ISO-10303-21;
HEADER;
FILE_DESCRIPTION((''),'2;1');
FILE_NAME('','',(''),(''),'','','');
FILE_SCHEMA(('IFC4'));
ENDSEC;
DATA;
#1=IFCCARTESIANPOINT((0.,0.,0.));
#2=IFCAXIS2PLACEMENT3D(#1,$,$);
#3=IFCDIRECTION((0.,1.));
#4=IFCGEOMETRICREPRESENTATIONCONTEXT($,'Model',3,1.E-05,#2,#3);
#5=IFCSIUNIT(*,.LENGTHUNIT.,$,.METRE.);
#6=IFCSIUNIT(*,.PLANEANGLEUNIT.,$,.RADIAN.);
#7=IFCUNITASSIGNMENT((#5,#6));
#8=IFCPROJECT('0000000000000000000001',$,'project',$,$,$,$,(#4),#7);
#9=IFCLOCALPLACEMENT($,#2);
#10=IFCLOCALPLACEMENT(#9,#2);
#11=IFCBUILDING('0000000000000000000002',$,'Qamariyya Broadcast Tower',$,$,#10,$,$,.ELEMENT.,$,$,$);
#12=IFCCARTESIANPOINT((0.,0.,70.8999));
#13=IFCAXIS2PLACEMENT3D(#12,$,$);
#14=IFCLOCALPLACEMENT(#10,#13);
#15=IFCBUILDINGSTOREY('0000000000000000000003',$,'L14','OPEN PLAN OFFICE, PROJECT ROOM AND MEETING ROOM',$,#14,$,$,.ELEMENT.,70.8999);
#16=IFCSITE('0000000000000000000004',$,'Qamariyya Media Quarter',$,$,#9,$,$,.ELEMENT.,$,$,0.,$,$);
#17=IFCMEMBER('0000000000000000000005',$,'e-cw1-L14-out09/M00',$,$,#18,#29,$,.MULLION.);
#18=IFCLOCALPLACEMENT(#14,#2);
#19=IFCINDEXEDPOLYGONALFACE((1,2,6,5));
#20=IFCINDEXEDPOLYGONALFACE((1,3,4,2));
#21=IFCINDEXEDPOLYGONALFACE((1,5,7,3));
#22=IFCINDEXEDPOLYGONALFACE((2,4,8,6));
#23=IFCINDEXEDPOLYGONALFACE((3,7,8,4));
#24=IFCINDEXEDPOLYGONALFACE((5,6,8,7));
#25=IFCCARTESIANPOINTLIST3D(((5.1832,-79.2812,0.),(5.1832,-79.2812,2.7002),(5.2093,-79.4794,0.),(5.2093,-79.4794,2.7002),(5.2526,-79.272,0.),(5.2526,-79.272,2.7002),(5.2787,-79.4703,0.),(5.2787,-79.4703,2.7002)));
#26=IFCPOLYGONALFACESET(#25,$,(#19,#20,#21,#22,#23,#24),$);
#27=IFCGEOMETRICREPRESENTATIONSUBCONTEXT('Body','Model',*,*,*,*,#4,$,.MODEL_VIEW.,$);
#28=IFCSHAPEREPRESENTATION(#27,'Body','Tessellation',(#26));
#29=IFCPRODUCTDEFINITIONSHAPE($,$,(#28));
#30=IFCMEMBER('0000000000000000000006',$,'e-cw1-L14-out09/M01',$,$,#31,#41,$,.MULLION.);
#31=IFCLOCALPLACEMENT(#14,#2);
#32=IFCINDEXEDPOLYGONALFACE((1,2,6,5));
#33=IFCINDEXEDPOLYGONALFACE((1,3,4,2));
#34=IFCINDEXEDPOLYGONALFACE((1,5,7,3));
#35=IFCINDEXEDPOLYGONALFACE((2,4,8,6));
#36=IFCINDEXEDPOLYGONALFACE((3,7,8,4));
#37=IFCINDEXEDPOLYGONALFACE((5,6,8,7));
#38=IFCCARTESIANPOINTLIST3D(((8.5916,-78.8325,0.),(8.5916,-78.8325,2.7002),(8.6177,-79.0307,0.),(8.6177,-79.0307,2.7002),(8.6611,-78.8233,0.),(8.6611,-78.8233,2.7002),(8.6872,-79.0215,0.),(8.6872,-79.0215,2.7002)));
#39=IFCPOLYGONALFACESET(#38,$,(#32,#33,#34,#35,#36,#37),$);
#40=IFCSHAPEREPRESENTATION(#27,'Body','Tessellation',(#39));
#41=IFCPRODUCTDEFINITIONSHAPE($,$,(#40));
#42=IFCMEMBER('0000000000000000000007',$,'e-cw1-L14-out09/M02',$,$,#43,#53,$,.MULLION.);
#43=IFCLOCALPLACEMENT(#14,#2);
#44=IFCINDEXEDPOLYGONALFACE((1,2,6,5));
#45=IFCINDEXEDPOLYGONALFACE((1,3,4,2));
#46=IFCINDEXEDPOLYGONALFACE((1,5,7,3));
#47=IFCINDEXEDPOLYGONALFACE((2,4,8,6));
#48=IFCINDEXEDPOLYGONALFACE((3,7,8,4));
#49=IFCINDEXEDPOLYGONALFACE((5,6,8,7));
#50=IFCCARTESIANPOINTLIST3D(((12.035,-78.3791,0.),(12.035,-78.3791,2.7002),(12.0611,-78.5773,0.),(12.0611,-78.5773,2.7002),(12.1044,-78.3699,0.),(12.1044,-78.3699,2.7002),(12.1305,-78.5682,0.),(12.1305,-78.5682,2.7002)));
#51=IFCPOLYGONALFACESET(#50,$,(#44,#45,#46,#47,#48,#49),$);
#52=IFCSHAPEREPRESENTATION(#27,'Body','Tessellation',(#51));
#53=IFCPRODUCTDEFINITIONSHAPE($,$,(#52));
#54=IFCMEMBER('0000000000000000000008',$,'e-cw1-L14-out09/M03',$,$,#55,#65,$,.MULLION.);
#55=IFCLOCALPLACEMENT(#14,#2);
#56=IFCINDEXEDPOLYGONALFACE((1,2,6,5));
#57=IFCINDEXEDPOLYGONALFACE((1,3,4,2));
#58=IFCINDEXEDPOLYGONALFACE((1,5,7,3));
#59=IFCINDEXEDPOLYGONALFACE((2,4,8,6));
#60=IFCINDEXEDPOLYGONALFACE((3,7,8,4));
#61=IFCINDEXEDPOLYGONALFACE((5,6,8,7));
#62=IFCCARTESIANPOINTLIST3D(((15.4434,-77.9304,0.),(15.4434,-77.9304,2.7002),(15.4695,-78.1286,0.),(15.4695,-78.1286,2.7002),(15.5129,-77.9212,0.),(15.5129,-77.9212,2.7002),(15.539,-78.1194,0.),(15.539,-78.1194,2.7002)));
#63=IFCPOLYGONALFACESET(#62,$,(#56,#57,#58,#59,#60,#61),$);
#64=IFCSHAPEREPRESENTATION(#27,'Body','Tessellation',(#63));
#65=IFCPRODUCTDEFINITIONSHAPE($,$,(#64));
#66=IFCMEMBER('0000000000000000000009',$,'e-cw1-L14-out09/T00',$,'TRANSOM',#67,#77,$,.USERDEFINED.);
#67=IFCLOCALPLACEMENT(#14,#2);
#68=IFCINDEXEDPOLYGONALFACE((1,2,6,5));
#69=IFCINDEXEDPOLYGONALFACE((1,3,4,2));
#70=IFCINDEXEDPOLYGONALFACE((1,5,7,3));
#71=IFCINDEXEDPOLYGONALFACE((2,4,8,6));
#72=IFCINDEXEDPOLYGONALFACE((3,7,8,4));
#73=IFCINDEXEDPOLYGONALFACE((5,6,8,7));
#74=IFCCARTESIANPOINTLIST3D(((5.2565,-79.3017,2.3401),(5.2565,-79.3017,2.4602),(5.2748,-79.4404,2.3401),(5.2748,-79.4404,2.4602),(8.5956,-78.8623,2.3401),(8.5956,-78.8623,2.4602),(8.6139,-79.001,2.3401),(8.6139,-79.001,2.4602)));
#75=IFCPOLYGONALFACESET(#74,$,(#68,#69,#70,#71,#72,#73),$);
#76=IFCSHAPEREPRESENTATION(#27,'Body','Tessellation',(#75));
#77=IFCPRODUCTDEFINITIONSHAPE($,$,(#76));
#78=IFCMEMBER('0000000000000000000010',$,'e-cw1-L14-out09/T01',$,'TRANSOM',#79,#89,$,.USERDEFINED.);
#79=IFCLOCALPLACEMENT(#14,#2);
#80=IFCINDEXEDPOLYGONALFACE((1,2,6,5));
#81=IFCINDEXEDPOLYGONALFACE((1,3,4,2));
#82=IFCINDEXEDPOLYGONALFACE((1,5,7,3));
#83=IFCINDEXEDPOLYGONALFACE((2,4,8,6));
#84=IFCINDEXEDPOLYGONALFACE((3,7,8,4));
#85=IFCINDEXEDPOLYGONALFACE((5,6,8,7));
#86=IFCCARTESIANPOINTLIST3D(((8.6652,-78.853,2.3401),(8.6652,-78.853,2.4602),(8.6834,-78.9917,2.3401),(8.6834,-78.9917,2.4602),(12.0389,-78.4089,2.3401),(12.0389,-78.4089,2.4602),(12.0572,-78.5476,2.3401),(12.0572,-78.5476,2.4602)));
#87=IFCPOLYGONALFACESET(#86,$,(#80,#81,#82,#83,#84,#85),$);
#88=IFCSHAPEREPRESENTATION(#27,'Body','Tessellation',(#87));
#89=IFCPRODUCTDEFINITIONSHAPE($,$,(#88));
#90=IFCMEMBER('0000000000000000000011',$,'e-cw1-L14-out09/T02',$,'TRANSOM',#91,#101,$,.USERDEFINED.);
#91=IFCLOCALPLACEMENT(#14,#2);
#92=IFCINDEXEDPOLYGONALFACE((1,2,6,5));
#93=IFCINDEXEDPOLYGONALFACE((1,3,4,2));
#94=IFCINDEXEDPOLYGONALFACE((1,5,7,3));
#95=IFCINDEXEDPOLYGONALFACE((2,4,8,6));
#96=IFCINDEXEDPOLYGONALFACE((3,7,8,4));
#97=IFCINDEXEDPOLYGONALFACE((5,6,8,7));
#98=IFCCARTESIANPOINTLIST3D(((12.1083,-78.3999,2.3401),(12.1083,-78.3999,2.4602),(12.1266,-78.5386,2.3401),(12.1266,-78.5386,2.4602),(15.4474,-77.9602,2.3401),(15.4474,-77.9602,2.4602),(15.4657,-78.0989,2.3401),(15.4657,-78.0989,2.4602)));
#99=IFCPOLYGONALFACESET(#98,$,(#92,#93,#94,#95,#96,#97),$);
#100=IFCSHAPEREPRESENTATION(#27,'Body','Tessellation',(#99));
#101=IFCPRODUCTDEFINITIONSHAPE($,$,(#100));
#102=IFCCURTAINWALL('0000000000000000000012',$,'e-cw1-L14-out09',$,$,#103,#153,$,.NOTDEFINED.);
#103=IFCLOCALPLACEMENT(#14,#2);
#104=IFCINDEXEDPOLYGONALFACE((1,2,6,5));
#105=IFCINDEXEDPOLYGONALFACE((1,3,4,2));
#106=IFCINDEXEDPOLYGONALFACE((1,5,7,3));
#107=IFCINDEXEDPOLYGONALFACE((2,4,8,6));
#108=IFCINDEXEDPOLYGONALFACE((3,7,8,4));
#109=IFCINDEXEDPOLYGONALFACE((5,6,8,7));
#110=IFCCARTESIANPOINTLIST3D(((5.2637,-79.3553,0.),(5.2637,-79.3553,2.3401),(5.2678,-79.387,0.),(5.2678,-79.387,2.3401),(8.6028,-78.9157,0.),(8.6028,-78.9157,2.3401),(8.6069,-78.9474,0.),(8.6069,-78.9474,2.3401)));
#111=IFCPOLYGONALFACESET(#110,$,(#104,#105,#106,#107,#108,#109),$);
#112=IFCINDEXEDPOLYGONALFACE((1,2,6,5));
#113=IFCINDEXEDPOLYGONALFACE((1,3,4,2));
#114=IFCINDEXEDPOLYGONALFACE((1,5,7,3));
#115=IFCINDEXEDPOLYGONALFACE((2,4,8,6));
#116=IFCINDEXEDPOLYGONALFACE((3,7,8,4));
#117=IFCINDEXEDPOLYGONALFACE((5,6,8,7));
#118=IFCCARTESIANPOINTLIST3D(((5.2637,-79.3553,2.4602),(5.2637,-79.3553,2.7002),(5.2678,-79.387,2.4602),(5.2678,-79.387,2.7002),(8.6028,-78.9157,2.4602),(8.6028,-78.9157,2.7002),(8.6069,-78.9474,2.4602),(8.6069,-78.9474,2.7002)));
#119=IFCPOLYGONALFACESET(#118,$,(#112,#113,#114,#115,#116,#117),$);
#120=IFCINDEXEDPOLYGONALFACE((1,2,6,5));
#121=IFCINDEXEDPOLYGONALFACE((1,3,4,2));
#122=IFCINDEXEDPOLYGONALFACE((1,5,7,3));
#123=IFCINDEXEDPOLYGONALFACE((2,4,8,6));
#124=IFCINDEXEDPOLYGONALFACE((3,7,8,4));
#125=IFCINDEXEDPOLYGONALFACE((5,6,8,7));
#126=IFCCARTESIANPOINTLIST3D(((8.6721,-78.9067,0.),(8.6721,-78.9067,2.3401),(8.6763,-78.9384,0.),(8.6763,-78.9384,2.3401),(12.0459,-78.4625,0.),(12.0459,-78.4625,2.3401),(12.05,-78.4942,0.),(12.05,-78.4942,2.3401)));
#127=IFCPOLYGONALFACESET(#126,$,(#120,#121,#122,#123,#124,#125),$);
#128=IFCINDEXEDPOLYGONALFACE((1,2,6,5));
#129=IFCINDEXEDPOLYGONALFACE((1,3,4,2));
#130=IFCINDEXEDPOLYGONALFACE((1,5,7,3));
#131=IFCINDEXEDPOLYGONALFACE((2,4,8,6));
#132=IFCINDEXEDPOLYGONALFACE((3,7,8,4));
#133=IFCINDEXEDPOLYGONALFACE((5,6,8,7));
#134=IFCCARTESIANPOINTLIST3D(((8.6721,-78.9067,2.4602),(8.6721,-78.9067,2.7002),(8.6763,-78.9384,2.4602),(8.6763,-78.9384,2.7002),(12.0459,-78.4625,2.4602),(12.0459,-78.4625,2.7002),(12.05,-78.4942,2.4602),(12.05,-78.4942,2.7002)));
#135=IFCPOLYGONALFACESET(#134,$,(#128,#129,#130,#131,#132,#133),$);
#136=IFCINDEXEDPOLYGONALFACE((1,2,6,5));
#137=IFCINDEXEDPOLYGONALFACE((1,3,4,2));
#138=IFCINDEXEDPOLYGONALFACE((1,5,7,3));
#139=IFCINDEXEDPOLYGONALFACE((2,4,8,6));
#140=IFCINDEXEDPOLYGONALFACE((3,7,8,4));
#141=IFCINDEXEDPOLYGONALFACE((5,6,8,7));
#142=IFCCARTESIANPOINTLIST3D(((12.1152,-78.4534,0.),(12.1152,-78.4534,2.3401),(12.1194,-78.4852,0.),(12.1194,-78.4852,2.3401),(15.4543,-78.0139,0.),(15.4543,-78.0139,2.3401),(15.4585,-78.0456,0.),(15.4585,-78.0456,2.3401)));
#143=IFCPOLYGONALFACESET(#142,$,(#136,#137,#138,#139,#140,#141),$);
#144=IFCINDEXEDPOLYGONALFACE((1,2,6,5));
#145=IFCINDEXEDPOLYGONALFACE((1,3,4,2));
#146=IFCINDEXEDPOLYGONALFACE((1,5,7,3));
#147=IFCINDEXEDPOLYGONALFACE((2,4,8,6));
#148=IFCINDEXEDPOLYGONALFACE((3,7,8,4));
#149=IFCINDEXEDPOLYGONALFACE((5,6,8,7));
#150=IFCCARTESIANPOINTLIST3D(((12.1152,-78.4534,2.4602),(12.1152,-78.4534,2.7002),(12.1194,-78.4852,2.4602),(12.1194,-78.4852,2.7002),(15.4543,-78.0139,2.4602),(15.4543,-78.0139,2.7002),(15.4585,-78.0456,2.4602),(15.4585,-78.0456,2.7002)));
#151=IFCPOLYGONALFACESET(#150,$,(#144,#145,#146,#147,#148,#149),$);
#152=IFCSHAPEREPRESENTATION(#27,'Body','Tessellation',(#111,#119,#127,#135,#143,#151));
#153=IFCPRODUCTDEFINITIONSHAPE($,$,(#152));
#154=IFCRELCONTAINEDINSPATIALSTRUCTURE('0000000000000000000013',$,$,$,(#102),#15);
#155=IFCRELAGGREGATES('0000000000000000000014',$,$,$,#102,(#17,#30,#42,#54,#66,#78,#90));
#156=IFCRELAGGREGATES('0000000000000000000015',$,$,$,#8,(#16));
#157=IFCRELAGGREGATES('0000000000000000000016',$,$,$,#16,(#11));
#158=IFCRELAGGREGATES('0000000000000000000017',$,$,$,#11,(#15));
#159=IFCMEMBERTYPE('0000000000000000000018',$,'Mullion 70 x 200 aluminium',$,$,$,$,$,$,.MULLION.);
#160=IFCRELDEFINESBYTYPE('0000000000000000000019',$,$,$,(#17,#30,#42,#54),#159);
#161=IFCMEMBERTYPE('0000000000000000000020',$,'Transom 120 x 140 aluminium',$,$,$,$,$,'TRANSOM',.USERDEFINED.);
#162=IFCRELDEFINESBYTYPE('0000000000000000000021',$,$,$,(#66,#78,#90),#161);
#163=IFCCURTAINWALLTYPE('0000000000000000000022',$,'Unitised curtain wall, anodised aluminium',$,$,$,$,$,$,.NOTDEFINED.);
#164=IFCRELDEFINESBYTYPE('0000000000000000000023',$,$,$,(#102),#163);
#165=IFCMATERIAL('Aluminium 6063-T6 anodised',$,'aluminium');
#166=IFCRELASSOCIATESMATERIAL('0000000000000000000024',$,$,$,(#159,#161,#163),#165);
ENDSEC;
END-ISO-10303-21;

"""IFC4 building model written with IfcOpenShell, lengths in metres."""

from ifc_helpers import new_model, si_unit, direction, frame, origin, origin_2d, place, context, subcontext, project, spatial, rectangle, extrude, material, material_profile, profile_set, type_object, element, aggregate, save


model = new_model("IFC4")

# Units and contexts
model_context = context("Model", 3, precision=1e-05, world=origin(), true_north=direction((0.0, 1.0)))
body_context = subcontext(model_context, "Body", "Model", "MODEL_VIEW")
ifc_project = project(units=[si_unit("LENGTHUNIT", "METRE"), si_unit("PLANEANGLEUNIT", "RADIAN")], contexts=[model_context])

# Members
ifc_material = material(Name="Aluminium 6063-T6 anodised", Category="aluminium")
ifc_material_profile_1 = material_profile(ifc_material, rectangle(XDim=0.2, YDim=0.0701, at=origin_2d()))
ifc_profile_set_1 = profile_set([ifc_material_profile_1], Name="Aluminium 6063-T6 anodised")
member_type_1 = type_object("IfcMemberType", Name="Mullion 70 x 200 aluminium", PredefinedType="MULLION", material=ifc_profile_set_1)
site_placement = place(None, origin())
building_placement = place(site_placement, origin())
storey_placement = place(building_placement, frame((0.0, 0.0, 70.8999)))
member_1_placement = place(storey_placement, frame((5.231, -79.3757, 0.0), z_axis=(0.0, 0.0, 1.0), x_axis=(-0.130526, 0.991445, 0.0)))
member_1 = element("IfcMember", 1, at=member_1_placement, type_object=member_type_1, Name="e-cw1-L14-out09/M00", PredefinedType="MULLION", context=body_context, shape_type="SweptSolid", body=[
    extrude(rectangle(XDim=0.2, YDim=0.0701, at=origin_2d()), origin(), (0.0, 0.0, 1.0), 2.7002),
])
member_2_placement = place(storey_placement, frame((8.6394, -78.927, 0.0), z_axis=(0.0, 0.0, 1.0), x_axis=(-0.130526, 0.991445, 0.0)))
member_2 = element("IfcMember", 2, at=member_2_placement, type_object=member_type_1, Name="e-cw1-L14-out09/M01", PredefinedType="MULLION", context=body_context, shape_type="SweptSolid", body=[
    extrude(rectangle(XDim=0.2, YDim=0.0701, at=origin_2d()), origin(), (0.0, 0.0, 1.0), 2.7002),
])
member_3_placement = place(storey_placement, frame((12.0828, -78.4736, 0.0), z_axis=(0.0, 0.0, 1.0), x_axis=(-0.130526, 0.991445, 0.0)))
member_3 = element("IfcMember", 3, at=member_3_placement, type_object=member_type_1, Name="e-cw1-L14-out09/M02", PredefinedType="MULLION", context=body_context, shape_type="SweptSolid", body=[
    extrude(rectangle(XDim=0.2, YDim=0.0701, at=origin_2d()), origin(), (0.0, 0.0, 1.0), 2.7002),
])
member_4_placement = place(storey_placement, frame((15.4912, -78.0249, 0.0), z_axis=(0.0, 0.0, 1.0), x_axis=(-0.130526, 0.991445, 0.0)))
member_4 = element("IfcMember", 4, at=member_4_placement, type_object=member_type_1, Name="e-cw1-L14-out09/M03", PredefinedType="MULLION", context=body_context, shape_type="SweptSolid", body=[
    extrude(rectangle(XDim=0.2, YDim=0.0701, at=origin_2d()), origin(), (0.0, 0.0, 1.0), 2.7002),
])
ifc_material_profile_2 = material_profile(ifc_material, rectangle(XDim=0.1399, YDim=0.1201, at=origin_2d()))
ifc_profile_set_2 = profile_set([ifc_material_profile_2], Name="Aluminium 6063-T6 anodised")
member_type_2 = type_object("IfcMemberType", Name="Transom 120 x 140 aluminium", ElementType="TRANSOM", PredefinedType="USERDEFINED", material=ifc_profile_set_2)
member_5_placement = place(storey_placement, frame((5.2656, -79.3711, 2.4001), z_axis=(0.991451, 0.130483, 0.0), x_axis=(-0.130483, 0.991451, 0.0)))
member_5 = element("IfcMember", 5, at=member_5_placement, type_object=member_type_2, Name="e-cw1-L14-out09/T00", ObjectType="TRANSOM", PredefinedType="USERDEFINED", context=body_context, shape_type="SweptSolid", body=[
    extrude(rectangle(XDim=0.1399, YDim=0.1201, at=origin_2d()), origin(), (0.0, 0.0, 1.0), 3.3679),
])
member_6_placement = place(storey_placement, frame((8.6743, -78.9224, 2.4001), z_axis=(0.991448, 0.130505, 0.0), x_axis=(-0.130505, 0.991448, 0.0)))
member_6 = element("IfcMember", 6, at=member_6_placement, type_object=member_type_2, Name="e-cw1-L14-out09/T01", ObjectType="TRANSOM", PredefinedType="USERDEFINED", context=body_context, shape_type="SweptSolid", body=[
    extrude(rectangle(XDim=0.1399, YDim=0.1201, at=origin_2d()), origin(), (0.0, 0.0, 1.0), 3.4028),
])
member_7_placement = place(storey_placement, frame((12.1174, -78.4692, 2.4001), z_axis=(0.991441, 0.130554, 0.0), x_axis=(-0.130554, 0.991441, 0.0)))
member_7 = element("IfcMember", 7, at=member_7_placement, type_object=member_type_2, Name="e-cw1-L14-out09/T02", ObjectType="TRANSOM", PredefinedType="USERDEFINED", context=body_context, shape_type="SweptSolid", body=[
    extrude(rectangle(XDim=0.1399, YDim=0.1201, at=origin_2d()), origin(), (0.0, 0.0, 1.0), 3.3679),
])

# Site, building, storey
site = spatial("IfcSite", under=ifc_project, at=site_placement, Name="Qamariyya Media Quarter", CompositionType="ELEMENT", RefElevation=0.0)
building = spatial("IfcBuilding", under=site, at=building_placement, Name="Qamariyya Broadcast Tower", CompositionType="ELEMENT")
storey = spatial("IfcBuildingStorey", under=building, at=storey_placement, Name="L14", Description="OPEN PLAN OFFICE, PROJECT ROOM AND MEETING ROOM", CompositionType="ELEMENT", Elevation=70.8999)

# Curtain wall
curtain_wall_type = type_object("IfcCurtainWallType", Name="Unitised curtain wall, anodised aluminium", PredefinedType="NOTDEFINED", material=ifc_material)
curtain_wall_1_placement = place(storey_placement, origin())
curtain_wall_1 = element("IfcCurtainWall", 8, at=curtain_wall_1_placement, inside=storey, type_object=curtain_wall_type, Name="e-cw1-L14-out09", PredefinedType="NOTDEFINED", context=body_context, shape_type="SweptSolid", body=[
    extrude(rectangle(XDim=3.3679, YDim=0.032, at=origin_2d()), frame((6.9353, -79.1514, 0.0), x_axis=(0.991446, 0.130521, 0.0)), (0.0, 0.0, 1.0), 2.3401),
    extrude(rectangle(XDim=3.3679, YDim=0.032, at=origin_2d()), frame((6.9353, -79.1514, 2.4602), x_axis=(0.991446, 0.130521, 0.0)), (0.0, 0.0, 1.0), 0.24),
    extrude(rectangle(XDim=3.4028, YDim=0.032, at=origin_2d()), frame((10.3611, -78.7004, 0.0), x_axis=(0.991446, 0.130521, 0.0)), (0.0, 0.0, 1.0), 2.3401),
    extrude(rectangle(XDim=3.4028, YDim=0.032, at=origin_2d()), frame((10.3611, -78.7004, 2.4602), x_axis=(0.991446, 0.130521, 0.0)), (0.0, 0.0, 1.0), 0.24),
    extrude(rectangle(XDim=3.3679, YDim=0.032, at=origin_2d()), frame((13.7869, -78.2495, 0.0), x_axis=(0.991446, 0.130521, 0.0)), (0.0, 0.0, 1.0), 2.3401),
    extrude(rectangle(XDim=3.3679, YDim=0.032, at=origin_2d()), frame((13.7869, -78.2495, 2.4602), x_axis=(0.991446, 0.130521, 0.0)), (0.0, 0.0, 1.0), 0.24),
])
aggregate(curtain_wall_1, [member_1, member_2, member_3, member_4, member_5, member_6, member_7])

save(model, "model.ifc")
